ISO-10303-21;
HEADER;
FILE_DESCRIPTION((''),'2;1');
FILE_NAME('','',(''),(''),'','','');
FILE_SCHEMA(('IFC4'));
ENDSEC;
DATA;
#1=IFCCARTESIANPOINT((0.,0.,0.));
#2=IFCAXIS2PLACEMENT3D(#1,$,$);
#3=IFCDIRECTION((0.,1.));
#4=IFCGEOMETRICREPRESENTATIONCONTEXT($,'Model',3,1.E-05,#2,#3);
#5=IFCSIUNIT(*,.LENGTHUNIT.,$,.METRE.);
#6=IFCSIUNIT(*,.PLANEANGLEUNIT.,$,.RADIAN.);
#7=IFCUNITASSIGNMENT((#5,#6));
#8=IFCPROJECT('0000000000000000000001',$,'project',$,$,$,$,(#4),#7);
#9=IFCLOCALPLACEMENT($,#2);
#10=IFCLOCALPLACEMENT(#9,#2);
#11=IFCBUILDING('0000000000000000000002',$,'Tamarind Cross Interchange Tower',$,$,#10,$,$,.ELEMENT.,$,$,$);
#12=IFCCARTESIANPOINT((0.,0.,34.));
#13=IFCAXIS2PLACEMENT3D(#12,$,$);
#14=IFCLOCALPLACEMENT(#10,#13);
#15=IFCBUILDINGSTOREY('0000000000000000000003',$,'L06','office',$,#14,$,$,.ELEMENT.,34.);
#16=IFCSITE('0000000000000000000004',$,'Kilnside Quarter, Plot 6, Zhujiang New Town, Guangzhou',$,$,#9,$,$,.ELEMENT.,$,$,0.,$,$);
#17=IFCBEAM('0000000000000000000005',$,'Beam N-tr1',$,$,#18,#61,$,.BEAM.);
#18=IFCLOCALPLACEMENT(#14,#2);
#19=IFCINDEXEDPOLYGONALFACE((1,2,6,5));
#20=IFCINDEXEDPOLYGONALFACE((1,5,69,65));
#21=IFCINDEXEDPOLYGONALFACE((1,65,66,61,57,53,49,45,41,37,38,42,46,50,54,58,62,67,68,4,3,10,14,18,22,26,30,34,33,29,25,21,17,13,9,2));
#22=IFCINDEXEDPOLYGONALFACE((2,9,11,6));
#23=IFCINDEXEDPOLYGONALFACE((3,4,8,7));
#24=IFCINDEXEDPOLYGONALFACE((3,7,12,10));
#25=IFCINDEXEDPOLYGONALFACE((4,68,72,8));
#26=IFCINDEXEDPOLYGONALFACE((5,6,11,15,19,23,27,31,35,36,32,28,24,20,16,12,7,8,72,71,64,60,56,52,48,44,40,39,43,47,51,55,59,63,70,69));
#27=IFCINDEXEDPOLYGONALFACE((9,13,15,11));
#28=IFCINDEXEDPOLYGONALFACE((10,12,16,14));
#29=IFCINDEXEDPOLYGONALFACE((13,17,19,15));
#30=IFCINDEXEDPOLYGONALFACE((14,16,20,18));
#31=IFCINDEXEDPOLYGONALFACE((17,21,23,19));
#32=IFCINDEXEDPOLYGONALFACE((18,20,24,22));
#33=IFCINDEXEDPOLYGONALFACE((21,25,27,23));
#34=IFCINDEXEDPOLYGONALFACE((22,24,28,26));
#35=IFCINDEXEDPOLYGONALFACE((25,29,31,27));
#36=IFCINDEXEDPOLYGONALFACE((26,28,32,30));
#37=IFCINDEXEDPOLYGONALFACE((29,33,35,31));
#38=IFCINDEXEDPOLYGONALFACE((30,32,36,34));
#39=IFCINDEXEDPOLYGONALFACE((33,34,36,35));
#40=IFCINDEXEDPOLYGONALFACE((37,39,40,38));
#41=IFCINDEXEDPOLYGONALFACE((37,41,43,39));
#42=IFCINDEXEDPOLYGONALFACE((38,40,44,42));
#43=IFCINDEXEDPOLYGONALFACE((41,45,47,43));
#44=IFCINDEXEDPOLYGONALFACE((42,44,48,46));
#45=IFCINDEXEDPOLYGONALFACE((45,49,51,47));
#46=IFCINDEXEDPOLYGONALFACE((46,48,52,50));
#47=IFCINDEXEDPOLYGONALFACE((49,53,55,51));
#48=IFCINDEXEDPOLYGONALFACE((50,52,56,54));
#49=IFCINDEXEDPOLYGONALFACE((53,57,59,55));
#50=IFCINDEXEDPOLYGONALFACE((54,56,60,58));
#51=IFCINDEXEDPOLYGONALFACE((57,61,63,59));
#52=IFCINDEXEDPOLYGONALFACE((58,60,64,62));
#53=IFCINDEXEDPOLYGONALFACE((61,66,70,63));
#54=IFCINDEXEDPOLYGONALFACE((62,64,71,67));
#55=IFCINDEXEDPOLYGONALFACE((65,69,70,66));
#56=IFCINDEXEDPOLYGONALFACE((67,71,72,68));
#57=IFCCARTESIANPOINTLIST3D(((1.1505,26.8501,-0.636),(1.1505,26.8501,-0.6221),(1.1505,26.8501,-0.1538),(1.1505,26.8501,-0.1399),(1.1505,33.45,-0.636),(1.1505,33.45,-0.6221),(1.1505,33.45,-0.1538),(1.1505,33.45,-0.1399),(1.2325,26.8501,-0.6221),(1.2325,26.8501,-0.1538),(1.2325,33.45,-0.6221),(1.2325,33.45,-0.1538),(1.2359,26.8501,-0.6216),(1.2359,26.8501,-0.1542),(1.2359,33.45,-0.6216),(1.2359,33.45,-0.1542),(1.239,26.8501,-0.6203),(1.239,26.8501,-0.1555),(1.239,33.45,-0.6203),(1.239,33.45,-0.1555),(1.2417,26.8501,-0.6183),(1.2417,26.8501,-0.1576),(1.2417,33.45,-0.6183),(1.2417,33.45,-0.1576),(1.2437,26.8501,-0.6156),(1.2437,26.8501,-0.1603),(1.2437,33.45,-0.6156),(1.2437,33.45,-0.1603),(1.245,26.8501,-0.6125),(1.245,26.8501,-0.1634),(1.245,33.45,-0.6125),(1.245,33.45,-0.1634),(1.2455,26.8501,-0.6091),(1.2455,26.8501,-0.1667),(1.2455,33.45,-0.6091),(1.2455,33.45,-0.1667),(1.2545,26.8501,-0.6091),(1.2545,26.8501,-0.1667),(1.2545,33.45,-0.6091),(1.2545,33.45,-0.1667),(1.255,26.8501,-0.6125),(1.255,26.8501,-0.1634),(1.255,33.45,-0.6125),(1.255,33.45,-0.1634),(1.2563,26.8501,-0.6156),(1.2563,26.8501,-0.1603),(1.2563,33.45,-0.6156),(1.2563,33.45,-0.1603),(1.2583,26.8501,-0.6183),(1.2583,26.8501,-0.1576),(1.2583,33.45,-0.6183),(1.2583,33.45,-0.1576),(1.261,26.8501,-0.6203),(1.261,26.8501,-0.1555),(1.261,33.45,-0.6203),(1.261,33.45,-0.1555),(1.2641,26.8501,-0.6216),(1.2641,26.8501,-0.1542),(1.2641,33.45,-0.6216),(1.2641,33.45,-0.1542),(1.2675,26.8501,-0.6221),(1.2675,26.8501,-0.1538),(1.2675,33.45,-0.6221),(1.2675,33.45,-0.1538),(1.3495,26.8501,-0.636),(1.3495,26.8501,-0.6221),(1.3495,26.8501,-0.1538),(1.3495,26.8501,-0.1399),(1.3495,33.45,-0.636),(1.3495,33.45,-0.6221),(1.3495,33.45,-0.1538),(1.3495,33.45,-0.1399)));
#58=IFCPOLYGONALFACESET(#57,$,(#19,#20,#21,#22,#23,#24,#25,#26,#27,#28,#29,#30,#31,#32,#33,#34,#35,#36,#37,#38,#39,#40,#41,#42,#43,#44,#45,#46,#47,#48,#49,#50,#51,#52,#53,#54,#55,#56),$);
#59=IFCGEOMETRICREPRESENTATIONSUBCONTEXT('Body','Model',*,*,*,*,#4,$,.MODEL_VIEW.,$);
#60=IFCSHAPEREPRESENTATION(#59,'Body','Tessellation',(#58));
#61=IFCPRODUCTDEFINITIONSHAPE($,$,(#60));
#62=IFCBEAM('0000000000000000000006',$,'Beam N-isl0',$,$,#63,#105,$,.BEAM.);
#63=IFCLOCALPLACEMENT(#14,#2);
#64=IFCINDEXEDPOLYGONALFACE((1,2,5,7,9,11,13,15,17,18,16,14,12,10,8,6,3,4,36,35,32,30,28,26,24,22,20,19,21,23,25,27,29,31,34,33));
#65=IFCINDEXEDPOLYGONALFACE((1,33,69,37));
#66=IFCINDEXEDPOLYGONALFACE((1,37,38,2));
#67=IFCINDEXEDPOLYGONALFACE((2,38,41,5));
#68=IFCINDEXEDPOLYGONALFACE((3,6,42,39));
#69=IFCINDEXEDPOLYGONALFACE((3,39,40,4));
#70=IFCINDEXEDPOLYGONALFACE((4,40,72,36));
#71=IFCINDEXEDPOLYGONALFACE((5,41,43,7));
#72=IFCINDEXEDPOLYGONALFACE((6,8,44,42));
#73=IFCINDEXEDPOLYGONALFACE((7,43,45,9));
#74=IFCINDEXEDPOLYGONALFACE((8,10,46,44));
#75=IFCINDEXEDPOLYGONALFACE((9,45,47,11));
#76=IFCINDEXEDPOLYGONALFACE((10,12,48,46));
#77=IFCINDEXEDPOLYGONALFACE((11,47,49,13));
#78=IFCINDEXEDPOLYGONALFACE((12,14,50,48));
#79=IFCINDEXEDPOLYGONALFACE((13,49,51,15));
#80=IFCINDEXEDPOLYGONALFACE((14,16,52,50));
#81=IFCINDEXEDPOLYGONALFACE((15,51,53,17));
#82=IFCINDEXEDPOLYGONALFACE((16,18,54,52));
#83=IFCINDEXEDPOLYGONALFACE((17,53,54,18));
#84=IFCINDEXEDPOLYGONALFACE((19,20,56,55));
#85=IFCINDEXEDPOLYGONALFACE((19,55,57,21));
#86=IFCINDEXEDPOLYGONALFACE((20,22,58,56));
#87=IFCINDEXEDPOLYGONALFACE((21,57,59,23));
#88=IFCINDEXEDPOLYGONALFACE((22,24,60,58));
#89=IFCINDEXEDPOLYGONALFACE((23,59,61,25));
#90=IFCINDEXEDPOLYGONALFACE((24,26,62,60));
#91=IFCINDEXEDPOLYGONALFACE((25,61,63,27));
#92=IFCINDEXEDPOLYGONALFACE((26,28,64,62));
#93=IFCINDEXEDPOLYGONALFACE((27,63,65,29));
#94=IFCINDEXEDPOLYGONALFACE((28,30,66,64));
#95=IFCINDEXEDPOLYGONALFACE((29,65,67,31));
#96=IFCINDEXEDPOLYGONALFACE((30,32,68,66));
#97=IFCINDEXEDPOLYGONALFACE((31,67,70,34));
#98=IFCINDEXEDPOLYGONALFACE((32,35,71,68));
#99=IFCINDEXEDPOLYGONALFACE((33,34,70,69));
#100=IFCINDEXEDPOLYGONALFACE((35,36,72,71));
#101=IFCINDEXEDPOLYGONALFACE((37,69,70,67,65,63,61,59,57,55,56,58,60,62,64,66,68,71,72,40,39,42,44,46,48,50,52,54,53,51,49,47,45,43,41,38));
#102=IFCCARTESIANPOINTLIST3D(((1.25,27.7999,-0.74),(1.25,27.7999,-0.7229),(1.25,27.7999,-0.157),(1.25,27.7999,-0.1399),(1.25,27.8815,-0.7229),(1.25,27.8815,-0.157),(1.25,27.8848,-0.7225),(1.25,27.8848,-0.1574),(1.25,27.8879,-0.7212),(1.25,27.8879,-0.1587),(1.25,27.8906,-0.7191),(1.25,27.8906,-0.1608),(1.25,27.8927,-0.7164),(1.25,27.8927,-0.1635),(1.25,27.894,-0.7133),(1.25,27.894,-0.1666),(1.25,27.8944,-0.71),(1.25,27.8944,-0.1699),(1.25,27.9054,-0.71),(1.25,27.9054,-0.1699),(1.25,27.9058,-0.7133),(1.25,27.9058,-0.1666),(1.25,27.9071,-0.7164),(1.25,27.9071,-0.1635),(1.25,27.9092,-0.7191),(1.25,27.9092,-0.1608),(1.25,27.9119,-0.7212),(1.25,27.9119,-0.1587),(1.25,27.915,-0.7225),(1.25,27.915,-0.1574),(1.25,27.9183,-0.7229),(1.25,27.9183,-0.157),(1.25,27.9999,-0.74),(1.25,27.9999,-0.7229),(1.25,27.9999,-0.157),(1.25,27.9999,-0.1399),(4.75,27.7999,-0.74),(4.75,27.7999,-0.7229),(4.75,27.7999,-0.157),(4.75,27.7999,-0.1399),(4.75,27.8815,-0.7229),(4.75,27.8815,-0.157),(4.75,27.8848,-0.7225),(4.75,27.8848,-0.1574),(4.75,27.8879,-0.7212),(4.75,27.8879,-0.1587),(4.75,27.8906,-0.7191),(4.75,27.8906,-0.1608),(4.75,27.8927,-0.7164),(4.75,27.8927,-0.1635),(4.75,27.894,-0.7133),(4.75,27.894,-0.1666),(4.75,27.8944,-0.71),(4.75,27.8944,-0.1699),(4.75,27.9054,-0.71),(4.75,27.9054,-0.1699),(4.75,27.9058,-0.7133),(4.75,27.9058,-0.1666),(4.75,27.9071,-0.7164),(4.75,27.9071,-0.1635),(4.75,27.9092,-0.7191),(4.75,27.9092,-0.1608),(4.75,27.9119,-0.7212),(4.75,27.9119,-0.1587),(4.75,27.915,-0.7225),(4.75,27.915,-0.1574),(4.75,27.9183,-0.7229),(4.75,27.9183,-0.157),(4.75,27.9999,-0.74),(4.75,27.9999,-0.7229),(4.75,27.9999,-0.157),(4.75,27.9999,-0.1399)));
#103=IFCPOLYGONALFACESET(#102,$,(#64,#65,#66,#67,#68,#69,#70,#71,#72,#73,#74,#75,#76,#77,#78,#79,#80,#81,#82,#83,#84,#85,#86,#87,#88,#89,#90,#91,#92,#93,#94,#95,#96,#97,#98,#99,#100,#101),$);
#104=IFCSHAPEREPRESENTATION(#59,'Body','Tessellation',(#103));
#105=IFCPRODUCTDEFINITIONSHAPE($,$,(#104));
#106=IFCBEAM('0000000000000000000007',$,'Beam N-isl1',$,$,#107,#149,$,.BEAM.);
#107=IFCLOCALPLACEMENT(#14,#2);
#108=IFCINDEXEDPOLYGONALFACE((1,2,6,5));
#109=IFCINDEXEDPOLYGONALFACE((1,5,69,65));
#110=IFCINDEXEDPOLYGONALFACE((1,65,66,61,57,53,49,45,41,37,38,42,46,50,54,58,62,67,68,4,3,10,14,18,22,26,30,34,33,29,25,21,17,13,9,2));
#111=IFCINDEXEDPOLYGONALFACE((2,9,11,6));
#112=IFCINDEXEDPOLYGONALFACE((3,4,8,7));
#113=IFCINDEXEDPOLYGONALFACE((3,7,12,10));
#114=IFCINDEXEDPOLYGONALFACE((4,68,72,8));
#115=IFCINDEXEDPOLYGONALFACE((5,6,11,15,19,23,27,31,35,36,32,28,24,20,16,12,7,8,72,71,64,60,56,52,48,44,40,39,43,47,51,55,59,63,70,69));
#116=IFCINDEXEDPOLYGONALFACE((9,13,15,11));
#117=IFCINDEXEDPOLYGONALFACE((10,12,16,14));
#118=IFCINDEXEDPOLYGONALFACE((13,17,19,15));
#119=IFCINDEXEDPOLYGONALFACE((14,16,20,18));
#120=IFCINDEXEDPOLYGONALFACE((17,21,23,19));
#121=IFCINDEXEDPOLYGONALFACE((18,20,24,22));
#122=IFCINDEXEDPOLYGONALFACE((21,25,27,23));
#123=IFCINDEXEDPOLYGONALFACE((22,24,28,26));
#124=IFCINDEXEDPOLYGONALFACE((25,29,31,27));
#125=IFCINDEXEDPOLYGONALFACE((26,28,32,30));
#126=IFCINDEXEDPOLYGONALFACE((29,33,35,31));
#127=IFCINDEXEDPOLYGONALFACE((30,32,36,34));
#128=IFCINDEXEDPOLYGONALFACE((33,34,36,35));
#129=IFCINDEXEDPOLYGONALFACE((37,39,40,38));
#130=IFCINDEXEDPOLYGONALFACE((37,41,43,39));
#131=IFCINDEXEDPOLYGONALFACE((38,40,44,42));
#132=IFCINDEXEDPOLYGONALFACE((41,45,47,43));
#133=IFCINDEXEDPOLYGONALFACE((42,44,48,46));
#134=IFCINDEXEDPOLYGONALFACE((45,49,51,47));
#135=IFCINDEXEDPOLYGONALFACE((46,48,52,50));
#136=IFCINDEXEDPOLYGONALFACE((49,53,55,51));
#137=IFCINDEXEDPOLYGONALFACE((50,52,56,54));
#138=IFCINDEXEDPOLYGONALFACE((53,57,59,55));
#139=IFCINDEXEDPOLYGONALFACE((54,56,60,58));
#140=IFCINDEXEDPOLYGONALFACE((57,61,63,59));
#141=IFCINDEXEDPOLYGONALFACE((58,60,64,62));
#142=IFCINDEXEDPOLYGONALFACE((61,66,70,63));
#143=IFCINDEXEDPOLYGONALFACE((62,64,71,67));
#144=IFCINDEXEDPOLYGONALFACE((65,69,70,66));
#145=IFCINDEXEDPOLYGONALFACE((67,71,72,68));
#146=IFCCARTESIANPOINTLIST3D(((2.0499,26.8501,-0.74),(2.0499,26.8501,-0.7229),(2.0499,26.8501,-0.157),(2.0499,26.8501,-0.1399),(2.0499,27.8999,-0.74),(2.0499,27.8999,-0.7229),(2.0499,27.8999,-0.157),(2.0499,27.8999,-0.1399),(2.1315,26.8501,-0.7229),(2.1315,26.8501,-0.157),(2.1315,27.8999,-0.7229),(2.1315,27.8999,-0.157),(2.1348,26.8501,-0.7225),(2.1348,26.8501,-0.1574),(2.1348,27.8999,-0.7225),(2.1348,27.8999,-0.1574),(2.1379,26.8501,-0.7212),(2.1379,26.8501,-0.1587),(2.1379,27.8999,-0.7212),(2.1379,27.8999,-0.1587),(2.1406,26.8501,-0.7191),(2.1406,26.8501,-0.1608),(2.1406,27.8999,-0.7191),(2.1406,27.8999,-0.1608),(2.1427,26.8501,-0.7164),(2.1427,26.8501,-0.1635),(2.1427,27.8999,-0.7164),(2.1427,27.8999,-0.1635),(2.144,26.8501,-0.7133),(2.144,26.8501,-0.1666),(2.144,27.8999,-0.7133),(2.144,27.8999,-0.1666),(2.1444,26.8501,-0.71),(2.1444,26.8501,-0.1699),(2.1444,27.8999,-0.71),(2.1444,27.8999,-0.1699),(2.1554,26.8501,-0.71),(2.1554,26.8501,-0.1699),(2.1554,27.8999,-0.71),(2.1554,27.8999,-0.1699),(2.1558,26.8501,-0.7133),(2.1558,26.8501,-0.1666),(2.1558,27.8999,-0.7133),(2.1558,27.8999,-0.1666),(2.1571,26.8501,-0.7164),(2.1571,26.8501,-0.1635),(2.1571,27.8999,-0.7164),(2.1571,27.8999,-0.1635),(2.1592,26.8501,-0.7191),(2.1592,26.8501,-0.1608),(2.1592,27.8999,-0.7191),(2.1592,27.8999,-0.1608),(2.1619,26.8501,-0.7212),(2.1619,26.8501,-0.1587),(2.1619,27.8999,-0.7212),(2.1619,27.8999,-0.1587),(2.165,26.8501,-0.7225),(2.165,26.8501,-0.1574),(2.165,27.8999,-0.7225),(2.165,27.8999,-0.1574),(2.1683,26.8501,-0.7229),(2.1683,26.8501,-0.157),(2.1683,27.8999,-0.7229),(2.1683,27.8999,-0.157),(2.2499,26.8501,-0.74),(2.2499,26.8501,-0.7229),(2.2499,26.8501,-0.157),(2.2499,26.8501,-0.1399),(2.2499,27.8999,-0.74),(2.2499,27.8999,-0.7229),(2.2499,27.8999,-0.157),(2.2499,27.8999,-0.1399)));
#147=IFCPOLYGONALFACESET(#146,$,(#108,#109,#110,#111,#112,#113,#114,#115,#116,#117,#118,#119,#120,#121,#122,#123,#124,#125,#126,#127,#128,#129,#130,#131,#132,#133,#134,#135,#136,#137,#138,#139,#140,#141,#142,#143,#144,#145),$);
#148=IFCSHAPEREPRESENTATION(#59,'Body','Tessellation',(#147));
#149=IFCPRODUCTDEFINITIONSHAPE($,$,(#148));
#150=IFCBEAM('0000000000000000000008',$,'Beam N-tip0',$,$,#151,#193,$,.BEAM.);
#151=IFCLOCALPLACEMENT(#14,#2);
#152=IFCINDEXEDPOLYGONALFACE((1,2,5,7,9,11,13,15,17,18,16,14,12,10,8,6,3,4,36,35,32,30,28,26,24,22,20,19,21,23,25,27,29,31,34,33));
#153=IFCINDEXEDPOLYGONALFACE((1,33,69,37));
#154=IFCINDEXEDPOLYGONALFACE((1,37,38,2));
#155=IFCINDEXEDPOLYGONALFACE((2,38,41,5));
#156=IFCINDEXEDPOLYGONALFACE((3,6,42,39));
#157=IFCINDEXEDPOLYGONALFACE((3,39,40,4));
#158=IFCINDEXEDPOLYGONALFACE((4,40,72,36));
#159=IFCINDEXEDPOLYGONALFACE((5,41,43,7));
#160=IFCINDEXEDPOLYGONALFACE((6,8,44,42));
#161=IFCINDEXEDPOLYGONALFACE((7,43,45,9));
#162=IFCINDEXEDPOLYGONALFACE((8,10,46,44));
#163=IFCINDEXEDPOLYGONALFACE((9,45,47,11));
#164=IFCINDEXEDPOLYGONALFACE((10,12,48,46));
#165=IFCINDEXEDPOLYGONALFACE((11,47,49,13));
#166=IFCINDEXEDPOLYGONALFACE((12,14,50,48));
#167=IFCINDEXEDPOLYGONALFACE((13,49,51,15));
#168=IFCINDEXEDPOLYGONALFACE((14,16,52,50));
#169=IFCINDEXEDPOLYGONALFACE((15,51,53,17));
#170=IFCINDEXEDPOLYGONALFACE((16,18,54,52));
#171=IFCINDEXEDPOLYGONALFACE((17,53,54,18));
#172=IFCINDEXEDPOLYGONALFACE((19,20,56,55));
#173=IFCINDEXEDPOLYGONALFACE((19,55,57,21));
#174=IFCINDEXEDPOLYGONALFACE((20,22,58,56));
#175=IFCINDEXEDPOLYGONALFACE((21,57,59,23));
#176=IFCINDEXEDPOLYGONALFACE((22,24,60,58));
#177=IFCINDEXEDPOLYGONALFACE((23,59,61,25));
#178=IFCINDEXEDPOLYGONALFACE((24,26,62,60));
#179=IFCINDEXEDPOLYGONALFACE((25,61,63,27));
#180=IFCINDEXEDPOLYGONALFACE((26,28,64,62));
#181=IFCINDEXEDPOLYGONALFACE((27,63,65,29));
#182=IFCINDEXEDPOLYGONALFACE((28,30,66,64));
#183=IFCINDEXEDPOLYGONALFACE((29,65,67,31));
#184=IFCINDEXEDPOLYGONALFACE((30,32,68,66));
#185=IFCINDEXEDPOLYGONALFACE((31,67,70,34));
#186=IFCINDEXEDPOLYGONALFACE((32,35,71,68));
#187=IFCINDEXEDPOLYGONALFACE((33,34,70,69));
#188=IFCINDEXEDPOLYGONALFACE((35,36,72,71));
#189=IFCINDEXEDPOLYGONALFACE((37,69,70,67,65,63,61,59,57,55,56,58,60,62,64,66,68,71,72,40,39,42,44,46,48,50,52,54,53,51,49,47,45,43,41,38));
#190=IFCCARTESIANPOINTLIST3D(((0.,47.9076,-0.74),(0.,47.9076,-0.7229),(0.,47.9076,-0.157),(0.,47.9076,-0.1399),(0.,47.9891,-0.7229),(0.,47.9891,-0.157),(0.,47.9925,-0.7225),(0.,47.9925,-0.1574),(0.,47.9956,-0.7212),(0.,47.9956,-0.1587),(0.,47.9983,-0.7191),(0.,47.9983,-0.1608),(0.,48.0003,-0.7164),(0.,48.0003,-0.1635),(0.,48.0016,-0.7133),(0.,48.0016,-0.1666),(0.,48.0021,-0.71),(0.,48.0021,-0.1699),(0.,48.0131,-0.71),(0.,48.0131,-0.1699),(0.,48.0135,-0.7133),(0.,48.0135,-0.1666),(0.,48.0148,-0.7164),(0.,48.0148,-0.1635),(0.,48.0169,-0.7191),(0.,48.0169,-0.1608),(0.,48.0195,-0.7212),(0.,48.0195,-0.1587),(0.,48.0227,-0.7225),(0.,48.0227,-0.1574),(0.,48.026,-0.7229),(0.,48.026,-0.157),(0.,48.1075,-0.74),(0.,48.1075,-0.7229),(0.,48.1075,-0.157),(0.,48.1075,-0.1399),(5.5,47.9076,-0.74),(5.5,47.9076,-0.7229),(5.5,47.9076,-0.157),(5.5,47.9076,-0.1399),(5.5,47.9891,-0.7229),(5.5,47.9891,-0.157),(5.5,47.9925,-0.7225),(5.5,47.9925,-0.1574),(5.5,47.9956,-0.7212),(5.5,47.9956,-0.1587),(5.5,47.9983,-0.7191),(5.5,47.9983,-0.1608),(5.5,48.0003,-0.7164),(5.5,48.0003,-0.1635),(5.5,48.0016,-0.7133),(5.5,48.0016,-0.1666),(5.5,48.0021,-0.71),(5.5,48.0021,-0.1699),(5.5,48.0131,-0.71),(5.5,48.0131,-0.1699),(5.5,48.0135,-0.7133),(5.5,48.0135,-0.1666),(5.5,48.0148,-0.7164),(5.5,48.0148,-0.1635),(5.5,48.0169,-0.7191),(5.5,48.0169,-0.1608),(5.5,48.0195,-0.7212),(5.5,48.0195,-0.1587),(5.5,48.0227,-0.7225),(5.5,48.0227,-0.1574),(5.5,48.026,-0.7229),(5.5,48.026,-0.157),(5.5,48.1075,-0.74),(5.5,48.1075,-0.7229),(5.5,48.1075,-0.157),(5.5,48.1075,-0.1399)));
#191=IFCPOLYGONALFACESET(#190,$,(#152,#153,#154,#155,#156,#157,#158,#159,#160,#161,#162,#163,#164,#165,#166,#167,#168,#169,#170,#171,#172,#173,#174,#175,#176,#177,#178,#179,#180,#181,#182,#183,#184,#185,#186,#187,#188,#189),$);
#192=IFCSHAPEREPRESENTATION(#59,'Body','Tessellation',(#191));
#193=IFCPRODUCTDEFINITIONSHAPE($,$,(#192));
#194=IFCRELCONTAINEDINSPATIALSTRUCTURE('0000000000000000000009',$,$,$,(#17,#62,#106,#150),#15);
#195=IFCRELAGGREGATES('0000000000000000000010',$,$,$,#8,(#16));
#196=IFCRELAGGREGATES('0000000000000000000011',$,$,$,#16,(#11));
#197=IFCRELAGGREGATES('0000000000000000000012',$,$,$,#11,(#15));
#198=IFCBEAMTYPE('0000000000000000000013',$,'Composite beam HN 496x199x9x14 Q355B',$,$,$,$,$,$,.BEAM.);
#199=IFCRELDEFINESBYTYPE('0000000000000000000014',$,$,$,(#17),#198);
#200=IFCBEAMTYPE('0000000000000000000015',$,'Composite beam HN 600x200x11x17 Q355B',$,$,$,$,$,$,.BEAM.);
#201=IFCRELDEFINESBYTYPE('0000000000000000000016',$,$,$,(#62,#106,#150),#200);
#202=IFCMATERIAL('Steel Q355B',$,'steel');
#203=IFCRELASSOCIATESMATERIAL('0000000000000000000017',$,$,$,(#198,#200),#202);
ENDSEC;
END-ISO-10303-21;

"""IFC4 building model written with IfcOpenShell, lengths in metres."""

from ifc_helpers import new_model, si_unit, direction, frame, origin, origin_2d, place, context, subcontext, project, spatial, i_section, extrude, material, material_profile, profile_set, type_object, element, save


model = new_model("IFC4")

# Units and contexts
model_context = context("Model", 3, precision=1e-05, world=origin(), true_north=direction((0.0, 1.0)))
body_context = subcontext(model_context, "Body", "Model", "MODEL_VIEW")
ifc_project = project(units=[si_unit("LENGTHUNIT", "METRE"), si_unit("PLANEANGLEUNIT", "RADIAN")], contexts=[model_context])

# Site, building, storey
site_placement = place(None, origin())
site = spatial("IfcSite", under=ifc_project, at=site_placement, Name="Kilnside Quarter, Plot 6, Zhujiang New Town, Guangzhou", CompositionType="ELEMENT", RefElevation=0.0)
building_placement = place(site_placement, origin())
building = spatial("IfcBuilding", under=site, at=building_placement, Name="Tamarind Cross Interchange Tower", CompositionType="ELEMENT")
storey_placement = place(building_placement, frame((0.0, 0.0, 34.0)))
storey = spatial("IfcBuildingStorey", under=building, at=storey_placement, Name="L06", Description="office", CompositionType="ELEMENT", Elevation=34.0)

# Beams
ifc_material_1 = material(Name="Steel Q355B", Category="steel")
ifc_material_profile_1 = material_profile(ifc_material_1, i_section(OverallWidth=0.199, OverallDepth=0.4961, WebThickness=0.009, FlangeThickness=0.0139, FilletRadius=0.0129, at=origin_2d()), Name="HN 496x199x9x14")
ifc_profile_set_1 = profile_set([ifc_material_profile_1], Name="Steel Q355B")
beam_type_1 = type_object("IfcBeamType", Name="Composite beam HN 496x199x9x14 Q355B", PredefinedType="BEAM", material=ifc_profile_set_1)
beam_1_placement = place(storey_placement, frame((1.25, 26.8501, -0.3879), z_axis=(0.0, 1.0, 0.0), x_axis=(-1.0, 0.0, 0.0)))
element("IfcBeam", 1, at=beam_1_placement, inside=storey, type_object=beam_type_1, Name="Beam N-tr1", PredefinedType="BEAM", context=body_context, shape_type="SweptSolid", body=[
    extrude(i_section(OverallWidth=0.199, OverallDepth=0.4961, WebThickness=0.009, FlangeThickness=0.0139, FilletRadius=0.0129, at=origin_2d()), origin(), (0.0, 0.0, 1.0), 6.5999),
])
ifc_material_profile_2 = material_profile(ifc_material_1, i_section(OverallWidth=0.2, OverallDepth=0.6001, WebThickness=0.011, FlangeThickness=0.0171, FilletRadius=0.0129, at=origin_2d()), Name="HN 600x200x11x17")
ifc_profile_set_2 = profile_set([ifc_material_profile_2], Name="Steel Q355B")
beam_type_2 = type_object("IfcBeamType", Name="Composite beam HN 600x200x11x17 Q355B", PredefinedType="BEAM", material=ifc_profile_set_2)
beam_2_placement = place(storey_placement, frame((4.75, 27.8999, -0.4399), z_axis=(-1.0, 0.0, 0.0), x_axis=(0.0, -1.0, 0.0)))
element("IfcBeam", 2, at=beam_2_placement, inside=storey, type_object=beam_type_2, Name="Beam N-isl0", PredefinedType="BEAM", context=body_context, shape_type="SweptSolid", body=[
    extrude(i_section(OverallWidth=0.2, OverallDepth=0.6001, WebThickness=0.011, FlangeThickness=0.0171, FilletRadius=0.0129, at=origin_2d()), origin(), (0.0, 0.0, 1.0), 3.5),
])
beam_3_placement = place(storey_placement, frame((2.1499, 26.8501, -0.4399), z_axis=(0.0, 1.0, 0.0), x_axis=(-1.0, 0.0, 0.0)))
element("IfcBeam", 3, at=beam_3_placement, inside=storey, type_object=beam_type_2, Name="Beam N-isl1", PredefinedType="BEAM", context=body_context, shape_type="SweptSolid", body=[
    extrude(i_section(OverallWidth=0.2, OverallDepth=0.6001, WebThickness=0.011, FlangeThickness=0.0171, FilletRadius=0.0129, at=origin_2d()), origin(), (0.0, 0.0, 1.0), 1.0498),
])
beam_4_placement = place(storey_placement, frame((5.5, 48.0076, -0.4399), z_axis=(-1.0, 0.0, 0.0), x_axis=(0.0, -1.0, 0.0)))
element("IfcBeam", 4, at=beam_4_placement, inside=storey, type_object=beam_type_2, Name="Beam N-tip0", PredefinedType="BEAM", context=body_context, shape_type="SweptSolid", body=[
    extrude(i_section(OverallWidth=0.2, OverallDepth=0.6001, WebThickness=0.011, FlangeThickness=0.0171, FilletRadius=0.0129, at=origin_2d()), origin(), (0.0, 0.0, 1.0), 5.5),
])

save(model, "model.ifc")
